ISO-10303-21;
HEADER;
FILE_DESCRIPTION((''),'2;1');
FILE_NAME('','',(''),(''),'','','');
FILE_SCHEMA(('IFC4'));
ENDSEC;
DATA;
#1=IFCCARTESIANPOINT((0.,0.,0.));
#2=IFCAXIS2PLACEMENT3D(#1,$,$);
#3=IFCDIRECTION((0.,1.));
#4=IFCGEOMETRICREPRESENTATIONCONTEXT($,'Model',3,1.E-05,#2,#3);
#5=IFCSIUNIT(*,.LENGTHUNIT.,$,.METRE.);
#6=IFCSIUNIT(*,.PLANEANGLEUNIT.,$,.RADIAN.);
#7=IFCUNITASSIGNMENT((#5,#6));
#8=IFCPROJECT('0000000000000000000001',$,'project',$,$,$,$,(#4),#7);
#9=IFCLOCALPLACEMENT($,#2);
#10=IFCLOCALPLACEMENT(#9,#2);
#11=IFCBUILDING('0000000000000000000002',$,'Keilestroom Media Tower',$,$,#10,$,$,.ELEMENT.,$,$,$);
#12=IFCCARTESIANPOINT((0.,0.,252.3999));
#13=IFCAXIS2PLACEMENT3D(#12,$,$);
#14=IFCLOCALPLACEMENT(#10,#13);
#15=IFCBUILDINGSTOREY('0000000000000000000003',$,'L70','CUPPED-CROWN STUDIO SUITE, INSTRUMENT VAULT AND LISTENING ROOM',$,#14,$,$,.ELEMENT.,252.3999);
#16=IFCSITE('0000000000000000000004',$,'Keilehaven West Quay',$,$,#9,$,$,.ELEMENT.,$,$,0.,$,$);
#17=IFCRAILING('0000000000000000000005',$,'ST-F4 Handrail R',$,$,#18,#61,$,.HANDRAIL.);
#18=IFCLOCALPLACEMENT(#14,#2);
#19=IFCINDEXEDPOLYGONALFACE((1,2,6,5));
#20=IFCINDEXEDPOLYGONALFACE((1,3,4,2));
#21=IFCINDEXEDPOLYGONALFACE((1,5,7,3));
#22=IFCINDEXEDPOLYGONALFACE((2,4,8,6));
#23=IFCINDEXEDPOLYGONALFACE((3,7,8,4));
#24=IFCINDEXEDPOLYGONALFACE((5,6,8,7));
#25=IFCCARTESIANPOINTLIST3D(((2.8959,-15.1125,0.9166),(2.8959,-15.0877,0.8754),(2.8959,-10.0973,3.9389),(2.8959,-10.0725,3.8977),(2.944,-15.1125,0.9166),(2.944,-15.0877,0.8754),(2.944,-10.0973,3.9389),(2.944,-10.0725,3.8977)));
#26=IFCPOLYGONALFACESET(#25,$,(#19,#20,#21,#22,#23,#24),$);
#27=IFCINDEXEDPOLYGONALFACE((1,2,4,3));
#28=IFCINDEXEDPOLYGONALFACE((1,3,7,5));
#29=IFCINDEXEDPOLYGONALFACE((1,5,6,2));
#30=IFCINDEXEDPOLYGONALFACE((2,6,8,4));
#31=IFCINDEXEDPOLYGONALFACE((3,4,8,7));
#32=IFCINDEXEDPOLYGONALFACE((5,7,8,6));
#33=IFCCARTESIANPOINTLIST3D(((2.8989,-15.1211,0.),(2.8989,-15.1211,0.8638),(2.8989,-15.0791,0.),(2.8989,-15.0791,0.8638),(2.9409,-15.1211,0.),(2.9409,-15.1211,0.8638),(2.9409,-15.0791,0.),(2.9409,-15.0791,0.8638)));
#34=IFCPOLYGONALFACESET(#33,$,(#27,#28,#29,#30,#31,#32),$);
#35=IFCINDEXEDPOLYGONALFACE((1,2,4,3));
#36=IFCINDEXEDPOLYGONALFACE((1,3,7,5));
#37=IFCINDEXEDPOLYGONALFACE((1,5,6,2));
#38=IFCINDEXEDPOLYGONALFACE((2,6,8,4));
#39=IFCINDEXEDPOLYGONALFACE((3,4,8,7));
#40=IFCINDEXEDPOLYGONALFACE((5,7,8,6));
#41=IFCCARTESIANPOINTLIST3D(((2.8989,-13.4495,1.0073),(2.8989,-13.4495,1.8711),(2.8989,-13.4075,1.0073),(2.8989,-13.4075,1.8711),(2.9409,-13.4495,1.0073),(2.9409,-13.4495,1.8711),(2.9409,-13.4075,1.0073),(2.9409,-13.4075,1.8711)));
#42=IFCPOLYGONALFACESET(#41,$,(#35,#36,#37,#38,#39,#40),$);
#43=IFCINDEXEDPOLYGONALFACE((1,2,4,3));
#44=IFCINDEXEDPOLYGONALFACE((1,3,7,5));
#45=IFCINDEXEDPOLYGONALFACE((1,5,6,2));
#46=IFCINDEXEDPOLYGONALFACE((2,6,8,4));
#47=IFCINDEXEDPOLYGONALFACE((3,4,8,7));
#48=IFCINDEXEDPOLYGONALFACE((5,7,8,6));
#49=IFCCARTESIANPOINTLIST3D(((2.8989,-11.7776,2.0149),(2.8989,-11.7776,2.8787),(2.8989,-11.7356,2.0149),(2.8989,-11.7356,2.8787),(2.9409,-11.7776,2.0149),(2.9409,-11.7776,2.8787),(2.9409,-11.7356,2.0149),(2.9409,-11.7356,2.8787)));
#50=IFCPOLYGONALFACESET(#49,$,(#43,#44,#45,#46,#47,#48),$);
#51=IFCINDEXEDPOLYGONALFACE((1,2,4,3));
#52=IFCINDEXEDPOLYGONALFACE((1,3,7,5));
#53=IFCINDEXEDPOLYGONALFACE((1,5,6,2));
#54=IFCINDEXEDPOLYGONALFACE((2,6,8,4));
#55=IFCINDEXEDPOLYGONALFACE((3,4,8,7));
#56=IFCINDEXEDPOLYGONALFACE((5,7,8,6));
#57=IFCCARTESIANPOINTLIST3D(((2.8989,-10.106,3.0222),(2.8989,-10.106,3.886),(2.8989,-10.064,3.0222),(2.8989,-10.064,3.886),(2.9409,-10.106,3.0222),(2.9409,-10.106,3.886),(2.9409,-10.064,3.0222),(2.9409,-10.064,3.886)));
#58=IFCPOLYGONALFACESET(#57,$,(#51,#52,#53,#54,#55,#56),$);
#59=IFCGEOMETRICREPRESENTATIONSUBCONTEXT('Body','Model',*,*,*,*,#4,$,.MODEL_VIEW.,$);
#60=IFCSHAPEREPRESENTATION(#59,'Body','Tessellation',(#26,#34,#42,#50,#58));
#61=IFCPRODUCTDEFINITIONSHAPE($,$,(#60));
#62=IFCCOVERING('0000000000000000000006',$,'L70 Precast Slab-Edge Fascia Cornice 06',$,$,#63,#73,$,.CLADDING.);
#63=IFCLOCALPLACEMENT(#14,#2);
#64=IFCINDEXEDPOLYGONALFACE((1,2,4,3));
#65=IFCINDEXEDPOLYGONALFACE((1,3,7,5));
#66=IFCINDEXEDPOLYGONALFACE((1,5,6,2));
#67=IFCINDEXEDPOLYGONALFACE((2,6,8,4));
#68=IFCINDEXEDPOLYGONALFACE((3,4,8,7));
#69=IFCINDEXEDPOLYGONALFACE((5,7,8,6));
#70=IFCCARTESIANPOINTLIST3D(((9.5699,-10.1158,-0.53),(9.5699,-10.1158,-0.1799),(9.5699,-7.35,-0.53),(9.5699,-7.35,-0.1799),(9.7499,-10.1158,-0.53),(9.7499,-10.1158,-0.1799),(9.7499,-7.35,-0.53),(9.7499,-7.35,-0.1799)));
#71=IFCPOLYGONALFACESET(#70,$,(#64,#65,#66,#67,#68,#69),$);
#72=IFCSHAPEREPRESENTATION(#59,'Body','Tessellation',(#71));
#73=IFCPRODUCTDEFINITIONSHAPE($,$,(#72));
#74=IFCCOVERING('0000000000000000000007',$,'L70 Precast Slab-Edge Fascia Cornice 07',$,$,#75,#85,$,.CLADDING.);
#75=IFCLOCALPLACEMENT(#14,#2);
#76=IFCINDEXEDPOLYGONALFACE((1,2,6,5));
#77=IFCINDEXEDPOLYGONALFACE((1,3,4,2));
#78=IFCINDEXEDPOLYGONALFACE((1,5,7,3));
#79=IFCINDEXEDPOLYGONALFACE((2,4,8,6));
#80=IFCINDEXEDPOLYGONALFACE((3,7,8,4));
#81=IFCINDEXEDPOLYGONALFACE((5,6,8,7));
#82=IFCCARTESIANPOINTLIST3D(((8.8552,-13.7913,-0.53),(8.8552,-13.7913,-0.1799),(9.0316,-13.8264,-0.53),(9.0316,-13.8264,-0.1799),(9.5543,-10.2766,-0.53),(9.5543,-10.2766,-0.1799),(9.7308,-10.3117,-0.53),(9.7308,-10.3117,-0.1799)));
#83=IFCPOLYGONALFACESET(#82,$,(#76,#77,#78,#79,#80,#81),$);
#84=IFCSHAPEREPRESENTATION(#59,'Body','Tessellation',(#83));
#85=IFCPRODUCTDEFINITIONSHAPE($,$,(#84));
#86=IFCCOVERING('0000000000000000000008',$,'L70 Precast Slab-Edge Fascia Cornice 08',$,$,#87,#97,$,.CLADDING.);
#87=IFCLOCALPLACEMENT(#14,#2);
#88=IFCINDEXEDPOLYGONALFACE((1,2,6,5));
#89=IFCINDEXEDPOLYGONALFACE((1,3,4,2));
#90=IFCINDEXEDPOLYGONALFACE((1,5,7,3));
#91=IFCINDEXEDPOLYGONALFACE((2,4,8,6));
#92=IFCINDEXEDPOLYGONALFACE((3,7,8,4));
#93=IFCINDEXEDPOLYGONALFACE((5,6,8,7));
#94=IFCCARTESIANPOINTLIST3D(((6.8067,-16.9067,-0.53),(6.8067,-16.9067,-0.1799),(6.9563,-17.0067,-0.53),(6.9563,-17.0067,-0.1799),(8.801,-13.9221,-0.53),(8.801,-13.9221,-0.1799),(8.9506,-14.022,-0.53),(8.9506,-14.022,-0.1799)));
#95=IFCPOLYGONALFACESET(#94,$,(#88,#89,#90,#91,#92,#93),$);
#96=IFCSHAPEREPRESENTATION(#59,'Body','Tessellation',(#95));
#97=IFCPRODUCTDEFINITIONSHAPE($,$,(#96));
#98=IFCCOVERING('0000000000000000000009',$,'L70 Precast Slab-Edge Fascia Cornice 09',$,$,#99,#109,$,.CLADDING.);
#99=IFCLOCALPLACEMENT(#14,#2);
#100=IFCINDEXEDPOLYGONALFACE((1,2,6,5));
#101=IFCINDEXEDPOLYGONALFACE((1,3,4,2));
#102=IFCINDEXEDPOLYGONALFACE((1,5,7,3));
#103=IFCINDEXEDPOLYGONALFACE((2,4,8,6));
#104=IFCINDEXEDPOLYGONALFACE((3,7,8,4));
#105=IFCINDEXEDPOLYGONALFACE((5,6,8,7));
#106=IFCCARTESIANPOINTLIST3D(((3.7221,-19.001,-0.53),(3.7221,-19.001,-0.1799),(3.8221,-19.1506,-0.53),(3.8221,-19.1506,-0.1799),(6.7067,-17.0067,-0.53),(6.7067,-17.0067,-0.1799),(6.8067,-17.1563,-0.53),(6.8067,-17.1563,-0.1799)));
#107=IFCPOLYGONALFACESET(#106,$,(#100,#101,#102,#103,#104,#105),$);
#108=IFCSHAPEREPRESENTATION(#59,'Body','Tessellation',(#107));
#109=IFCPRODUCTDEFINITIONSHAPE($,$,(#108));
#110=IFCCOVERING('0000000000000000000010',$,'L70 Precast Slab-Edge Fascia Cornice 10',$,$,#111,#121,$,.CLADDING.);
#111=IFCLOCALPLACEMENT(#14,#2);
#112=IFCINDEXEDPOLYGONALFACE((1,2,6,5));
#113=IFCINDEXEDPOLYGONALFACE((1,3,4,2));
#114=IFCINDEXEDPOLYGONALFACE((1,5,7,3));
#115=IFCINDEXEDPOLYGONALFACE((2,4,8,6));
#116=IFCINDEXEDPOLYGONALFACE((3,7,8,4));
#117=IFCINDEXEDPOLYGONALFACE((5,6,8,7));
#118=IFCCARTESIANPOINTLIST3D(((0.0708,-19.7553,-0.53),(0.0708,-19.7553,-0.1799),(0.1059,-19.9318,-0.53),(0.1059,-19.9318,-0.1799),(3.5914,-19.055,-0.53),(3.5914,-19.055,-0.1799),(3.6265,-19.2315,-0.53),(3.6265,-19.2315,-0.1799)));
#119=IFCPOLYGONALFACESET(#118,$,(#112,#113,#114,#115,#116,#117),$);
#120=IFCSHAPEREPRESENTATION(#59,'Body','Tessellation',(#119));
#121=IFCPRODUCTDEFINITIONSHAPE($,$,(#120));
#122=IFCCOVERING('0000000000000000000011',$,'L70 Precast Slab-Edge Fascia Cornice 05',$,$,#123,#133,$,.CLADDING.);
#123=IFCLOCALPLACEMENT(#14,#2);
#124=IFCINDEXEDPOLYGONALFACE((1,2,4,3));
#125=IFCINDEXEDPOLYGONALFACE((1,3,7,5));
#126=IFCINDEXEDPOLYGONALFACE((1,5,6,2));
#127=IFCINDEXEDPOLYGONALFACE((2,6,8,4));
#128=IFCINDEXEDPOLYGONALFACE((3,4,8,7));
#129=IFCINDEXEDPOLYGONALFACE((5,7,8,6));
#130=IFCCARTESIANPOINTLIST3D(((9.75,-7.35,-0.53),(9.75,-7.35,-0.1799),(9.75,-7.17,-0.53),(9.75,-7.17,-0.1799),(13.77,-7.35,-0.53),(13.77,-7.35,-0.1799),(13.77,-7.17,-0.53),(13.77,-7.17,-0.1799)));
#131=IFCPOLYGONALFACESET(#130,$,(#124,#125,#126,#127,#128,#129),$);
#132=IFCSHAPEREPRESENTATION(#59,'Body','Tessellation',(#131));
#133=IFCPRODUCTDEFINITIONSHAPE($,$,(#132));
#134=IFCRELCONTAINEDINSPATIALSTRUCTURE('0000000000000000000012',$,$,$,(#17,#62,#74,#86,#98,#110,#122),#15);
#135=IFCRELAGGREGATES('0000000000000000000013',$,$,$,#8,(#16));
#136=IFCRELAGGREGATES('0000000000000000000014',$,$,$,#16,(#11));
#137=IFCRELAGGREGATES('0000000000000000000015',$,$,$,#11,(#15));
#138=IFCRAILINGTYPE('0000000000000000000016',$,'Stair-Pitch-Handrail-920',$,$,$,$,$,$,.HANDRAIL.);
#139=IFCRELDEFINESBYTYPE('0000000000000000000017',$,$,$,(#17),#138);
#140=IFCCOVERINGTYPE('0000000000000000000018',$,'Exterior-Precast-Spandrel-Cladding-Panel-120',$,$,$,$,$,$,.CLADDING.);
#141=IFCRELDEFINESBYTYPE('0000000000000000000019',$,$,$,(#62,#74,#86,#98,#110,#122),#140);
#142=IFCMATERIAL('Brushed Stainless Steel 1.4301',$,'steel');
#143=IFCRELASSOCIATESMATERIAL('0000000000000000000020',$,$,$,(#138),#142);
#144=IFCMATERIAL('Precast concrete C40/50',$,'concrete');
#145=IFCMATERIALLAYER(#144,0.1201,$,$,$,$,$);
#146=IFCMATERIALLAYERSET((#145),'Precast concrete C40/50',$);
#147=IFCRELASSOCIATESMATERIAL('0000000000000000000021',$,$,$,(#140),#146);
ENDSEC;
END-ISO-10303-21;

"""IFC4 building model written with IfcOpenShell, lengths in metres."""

from ifc_helpers import new_model, si_unit, direction, frame, origin, origin_2d, place, context, subcontext, project, spatial, rectangle, extrude, source, transform, mapped, material, layer, layer_set, type_object, element, save


model = new_model("IFC4")

# Units and contexts
model_context = context("Model", 3, precision=1e-05, world=origin(), true_north=direction((0.0, 1.0)))
body_context = subcontext(model_context, "Body", "Model", "MODEL_VIEW")
ifc_project = project(units=[si_unit("LENGTHUNIT", "METRE"), si_unit("PLANEANGLEUNIT", "RADIAN")], contexts=[model_context])

# Site, building, storey
site_placement = place(None, origin())
site = spatial("IfcSite", under=ifc_project, at=site_placement, Name="Keilehaven West Quay", CompositionType="ELEMENT", RefElevation=0.0)
building_placement = place(site_placement, origin())
building = spatial("IfcBuilding", under=site, at=building_placement, Name="Keilestroom Media Tower", CompositionType="ELEMENT")
storey_placement = place(building_placement, frame((0.0, 0.0, 252.3999)))
storey = spatial("IfcBuildingStorey", under=building, at=storey_placement, Name="L70", Description="CUPPED-CROWN STUDIO SUITE, INSTRUMENT VAULT AND LISTENING ROOM", CompositionType="ELEMENT", Elevation=252.3999)

# Shared definitions
ifc_material_1 = material(Name="Precast concrete C40/50", Category="concrete")

# Railing
ifc_material_2 = material(Name="Brushed Stainless Steel 1.4301", Category="steel")
railing_type = type_object("IfcRailingType", Name="Stair-Pitch-Handrail-920", PredefinedType="HANDRAIL", material=ifc_material_2)
for number, where, name in (
    (1, (2.9199, -15.1001, 0.0), "ST-F4 Handrail R"),
):
    element("IfcRailing", number, at=place(storey_placement, frame(where)), inside=storey, type_object=railing_type, Name=name, PredefinedType="HANDRAIL", context=body_context, shape_type="SweptSolid", body=[
        extrude(rectangle(XDim=0.0481, YDim=0.0481, at=origin_2d()), frame((0.0, 0.0, 0.896), z_axis=(0.0, 0.856502, 0.516144), x_axis=(-1.0, 0.0, 0.0)), (0.0, 0.0, 1.0), 5.8555),
        extrude(rectangle(XDim=0.042, YDim=0.042, at=origin_2d()), origin(), (0.0, 0.0, 1.0), 0.8638),
        extrude(rectangle(XDim=0.042, YDim=0.042, at=origin_2d()), frame((0.0, 1.6716, 1.0073)), (0.0, 0.0, 1.0), 0.8638),
        extrude(rectangle(XDim=0.042, YDim=0.042, at=origin_2d()), frame((0.0, 3.3435, 2.0149)), (0.0, 0.0, 1.0), 0.8638),
        extrude(rectangle(XDim=0.042, YDim=0.042, at=origin_2d()), frame((0.0, 5.0151, 3.0222)), (0.0, 0.0, 1.0), 0.8638),
    ])

# Coverings
ifc_layer_1 = layer(ifc_material_1, 0.1201)
ifc_layer_set_1 = layer_set([ifc_layer_1], Name="Precast concrete C40/50")
covering_type = type_object("IfcCoveringType", Name="Exterior-Precast-Spandrel-Cladding-Panel-120", PredefinedType="CLADDING", material=ifc_layer_set_1)
shared_shape_1 = source(origin(), body_context, "Body", "SweptSolid", [
    extrude(rectangle(XDim=2.7659, YDim=0.1799, at=origin_2d()), origin(), (0.0, 0.0, 1.0), 0.3501),
])
covering_1_placement = place(storey_placement, frame((9.6599, -8.7329, -0.53), z_axis=(0.0, 0.0, 1.0), x_axis=(0.0, -1.0, 0.0)))
element("IfcCovering", 2, at=covering_1_placement, inside=storey, type_object=covering_type, Name="L70 Precast Slab-Edge Fascia Cornice 06", PredefinedType="CLADDING", context=body_context, shape_type="MappedRepresentation", body=[
    mapped(shared_shape_1, transform((0.0, 0.0, 0.0), x_axis=(1.0, 0.0, 0.0), y_axis=(0.0, 1.0, 0.0), z_axis=(0.0, 0.0, 1.0), scale=1.0)),
])
shared_shape_2 = source(origin(), body_context, "Body", "SweptSolid", [
    extrude(rectangle(XDim=3.5835, YDim=0.1799, at=origin_2d()), origin(), (0.0, 0.0, 1.0), 0.3501),
])
covering_2_placement = place(storey_placement, frame((9.293, -12.0515, -0.53), z_axis=(0.0, 0.0, 1.0), x_axis=(-0.195099, -0.980784, 0.0)))
element("IfcCovering", 3, at=covering_2_placement, inside=storey, type_object=covering_type, Name="L70 Precast Slab-Edge Fascia Cornice 07", PredefinedType="CLADDING", context=body_context, shape_type="MappedRepresentation", body=[
    mapped(shared_shape_2, transform((0.0, 0.0, 0.0), x_axis=(1.0, 0.0, 0.0), y_axis=(0.0, 1.0, 0.0), z_axis=(0.0, 0.0, 1.0), scale=1.0)),
])
shared_shape_3 = source(origin(), body_context, "Body", "SweptSolid", [
    extrude(rectangle(XDim=3.5896, YDim=0.1799, at=origin_2d()), origin(), (0.0, 0.0, 1.0), 0.3501),
])
for number, where, z_axis, x_axis, name in (
    (4, (7.8787, -15.4644, -0.53), (0.0, 0.0, 1.0), (-0.555575, -0.831467, 0.0), "L70 Precast Slab-Edge Fascia Cornice 08"),
    (5, (5.2644, -18.0786, -0.53), (0.0, 0.0, 1.0), (-0.831467, -0.555575, 0.0), "L70 Precast Slab-Edge Fascia Cornice 09"),
    (6, (1.8486, -19.4934, -0.53), (0.0, 0.0, 1.0), (-0.980784, -0.195099, 0.0), "L70 Precast Slab-Edge Fascia Cornice 10"),
):
    element("IfcCovering", number, at=place(storey_placement, frame(where, z_axis=z_axis, x_axis=x_axis)), inside=storey, type_object=covering_type, Name=name, PredefinedType="CLADDING", context=body_context, shape_type="MappedRepresentation", body=[
        mapped(shared_shape_3, transform((0.0, 0.0, 0.0), x_axis=(1.0, 0.0, 0.0), y_axis=(0.0, 1.0, 0.0), z_axis=(0.0, 0.0, 1.0), scale=1.0)),
    ])
shared_shape_4 = source(origin(), body_context, "Body", "SweptSolid", [
    extrude(rectangle(XDim=4.02, YDim=0.1799, at=origin_2d()), origin(), (0.0, 0.0, 1.0), 0.3501),
])
covering_3_placement = place(storey_placement, frame((11.76, -7.26, -0.53), z_axis=(0.0, 0.0, 1.0), x_axis=(-1.0, 0.0, 0.0)))
element("IfcCovering", 7, at=covering_3_placement, inside=storey, type_object=covering_type, Name="L70 Precast Slab-Edge Fascia Cornice 05", PredefinedType="CLADDING", context=body_context, shape_type="MappedRepresentation", body=[
    mapped(shared_shape_4, transform((0.0, 0.0, 0.0), x_axis=(1.0, 0.0, 0.0), y_axis=(0.0, 1.0, 0.0), z_axis=(0.0, 0.0, 1.0), scale=1.0)),
])

save(model, "model.ifc")
